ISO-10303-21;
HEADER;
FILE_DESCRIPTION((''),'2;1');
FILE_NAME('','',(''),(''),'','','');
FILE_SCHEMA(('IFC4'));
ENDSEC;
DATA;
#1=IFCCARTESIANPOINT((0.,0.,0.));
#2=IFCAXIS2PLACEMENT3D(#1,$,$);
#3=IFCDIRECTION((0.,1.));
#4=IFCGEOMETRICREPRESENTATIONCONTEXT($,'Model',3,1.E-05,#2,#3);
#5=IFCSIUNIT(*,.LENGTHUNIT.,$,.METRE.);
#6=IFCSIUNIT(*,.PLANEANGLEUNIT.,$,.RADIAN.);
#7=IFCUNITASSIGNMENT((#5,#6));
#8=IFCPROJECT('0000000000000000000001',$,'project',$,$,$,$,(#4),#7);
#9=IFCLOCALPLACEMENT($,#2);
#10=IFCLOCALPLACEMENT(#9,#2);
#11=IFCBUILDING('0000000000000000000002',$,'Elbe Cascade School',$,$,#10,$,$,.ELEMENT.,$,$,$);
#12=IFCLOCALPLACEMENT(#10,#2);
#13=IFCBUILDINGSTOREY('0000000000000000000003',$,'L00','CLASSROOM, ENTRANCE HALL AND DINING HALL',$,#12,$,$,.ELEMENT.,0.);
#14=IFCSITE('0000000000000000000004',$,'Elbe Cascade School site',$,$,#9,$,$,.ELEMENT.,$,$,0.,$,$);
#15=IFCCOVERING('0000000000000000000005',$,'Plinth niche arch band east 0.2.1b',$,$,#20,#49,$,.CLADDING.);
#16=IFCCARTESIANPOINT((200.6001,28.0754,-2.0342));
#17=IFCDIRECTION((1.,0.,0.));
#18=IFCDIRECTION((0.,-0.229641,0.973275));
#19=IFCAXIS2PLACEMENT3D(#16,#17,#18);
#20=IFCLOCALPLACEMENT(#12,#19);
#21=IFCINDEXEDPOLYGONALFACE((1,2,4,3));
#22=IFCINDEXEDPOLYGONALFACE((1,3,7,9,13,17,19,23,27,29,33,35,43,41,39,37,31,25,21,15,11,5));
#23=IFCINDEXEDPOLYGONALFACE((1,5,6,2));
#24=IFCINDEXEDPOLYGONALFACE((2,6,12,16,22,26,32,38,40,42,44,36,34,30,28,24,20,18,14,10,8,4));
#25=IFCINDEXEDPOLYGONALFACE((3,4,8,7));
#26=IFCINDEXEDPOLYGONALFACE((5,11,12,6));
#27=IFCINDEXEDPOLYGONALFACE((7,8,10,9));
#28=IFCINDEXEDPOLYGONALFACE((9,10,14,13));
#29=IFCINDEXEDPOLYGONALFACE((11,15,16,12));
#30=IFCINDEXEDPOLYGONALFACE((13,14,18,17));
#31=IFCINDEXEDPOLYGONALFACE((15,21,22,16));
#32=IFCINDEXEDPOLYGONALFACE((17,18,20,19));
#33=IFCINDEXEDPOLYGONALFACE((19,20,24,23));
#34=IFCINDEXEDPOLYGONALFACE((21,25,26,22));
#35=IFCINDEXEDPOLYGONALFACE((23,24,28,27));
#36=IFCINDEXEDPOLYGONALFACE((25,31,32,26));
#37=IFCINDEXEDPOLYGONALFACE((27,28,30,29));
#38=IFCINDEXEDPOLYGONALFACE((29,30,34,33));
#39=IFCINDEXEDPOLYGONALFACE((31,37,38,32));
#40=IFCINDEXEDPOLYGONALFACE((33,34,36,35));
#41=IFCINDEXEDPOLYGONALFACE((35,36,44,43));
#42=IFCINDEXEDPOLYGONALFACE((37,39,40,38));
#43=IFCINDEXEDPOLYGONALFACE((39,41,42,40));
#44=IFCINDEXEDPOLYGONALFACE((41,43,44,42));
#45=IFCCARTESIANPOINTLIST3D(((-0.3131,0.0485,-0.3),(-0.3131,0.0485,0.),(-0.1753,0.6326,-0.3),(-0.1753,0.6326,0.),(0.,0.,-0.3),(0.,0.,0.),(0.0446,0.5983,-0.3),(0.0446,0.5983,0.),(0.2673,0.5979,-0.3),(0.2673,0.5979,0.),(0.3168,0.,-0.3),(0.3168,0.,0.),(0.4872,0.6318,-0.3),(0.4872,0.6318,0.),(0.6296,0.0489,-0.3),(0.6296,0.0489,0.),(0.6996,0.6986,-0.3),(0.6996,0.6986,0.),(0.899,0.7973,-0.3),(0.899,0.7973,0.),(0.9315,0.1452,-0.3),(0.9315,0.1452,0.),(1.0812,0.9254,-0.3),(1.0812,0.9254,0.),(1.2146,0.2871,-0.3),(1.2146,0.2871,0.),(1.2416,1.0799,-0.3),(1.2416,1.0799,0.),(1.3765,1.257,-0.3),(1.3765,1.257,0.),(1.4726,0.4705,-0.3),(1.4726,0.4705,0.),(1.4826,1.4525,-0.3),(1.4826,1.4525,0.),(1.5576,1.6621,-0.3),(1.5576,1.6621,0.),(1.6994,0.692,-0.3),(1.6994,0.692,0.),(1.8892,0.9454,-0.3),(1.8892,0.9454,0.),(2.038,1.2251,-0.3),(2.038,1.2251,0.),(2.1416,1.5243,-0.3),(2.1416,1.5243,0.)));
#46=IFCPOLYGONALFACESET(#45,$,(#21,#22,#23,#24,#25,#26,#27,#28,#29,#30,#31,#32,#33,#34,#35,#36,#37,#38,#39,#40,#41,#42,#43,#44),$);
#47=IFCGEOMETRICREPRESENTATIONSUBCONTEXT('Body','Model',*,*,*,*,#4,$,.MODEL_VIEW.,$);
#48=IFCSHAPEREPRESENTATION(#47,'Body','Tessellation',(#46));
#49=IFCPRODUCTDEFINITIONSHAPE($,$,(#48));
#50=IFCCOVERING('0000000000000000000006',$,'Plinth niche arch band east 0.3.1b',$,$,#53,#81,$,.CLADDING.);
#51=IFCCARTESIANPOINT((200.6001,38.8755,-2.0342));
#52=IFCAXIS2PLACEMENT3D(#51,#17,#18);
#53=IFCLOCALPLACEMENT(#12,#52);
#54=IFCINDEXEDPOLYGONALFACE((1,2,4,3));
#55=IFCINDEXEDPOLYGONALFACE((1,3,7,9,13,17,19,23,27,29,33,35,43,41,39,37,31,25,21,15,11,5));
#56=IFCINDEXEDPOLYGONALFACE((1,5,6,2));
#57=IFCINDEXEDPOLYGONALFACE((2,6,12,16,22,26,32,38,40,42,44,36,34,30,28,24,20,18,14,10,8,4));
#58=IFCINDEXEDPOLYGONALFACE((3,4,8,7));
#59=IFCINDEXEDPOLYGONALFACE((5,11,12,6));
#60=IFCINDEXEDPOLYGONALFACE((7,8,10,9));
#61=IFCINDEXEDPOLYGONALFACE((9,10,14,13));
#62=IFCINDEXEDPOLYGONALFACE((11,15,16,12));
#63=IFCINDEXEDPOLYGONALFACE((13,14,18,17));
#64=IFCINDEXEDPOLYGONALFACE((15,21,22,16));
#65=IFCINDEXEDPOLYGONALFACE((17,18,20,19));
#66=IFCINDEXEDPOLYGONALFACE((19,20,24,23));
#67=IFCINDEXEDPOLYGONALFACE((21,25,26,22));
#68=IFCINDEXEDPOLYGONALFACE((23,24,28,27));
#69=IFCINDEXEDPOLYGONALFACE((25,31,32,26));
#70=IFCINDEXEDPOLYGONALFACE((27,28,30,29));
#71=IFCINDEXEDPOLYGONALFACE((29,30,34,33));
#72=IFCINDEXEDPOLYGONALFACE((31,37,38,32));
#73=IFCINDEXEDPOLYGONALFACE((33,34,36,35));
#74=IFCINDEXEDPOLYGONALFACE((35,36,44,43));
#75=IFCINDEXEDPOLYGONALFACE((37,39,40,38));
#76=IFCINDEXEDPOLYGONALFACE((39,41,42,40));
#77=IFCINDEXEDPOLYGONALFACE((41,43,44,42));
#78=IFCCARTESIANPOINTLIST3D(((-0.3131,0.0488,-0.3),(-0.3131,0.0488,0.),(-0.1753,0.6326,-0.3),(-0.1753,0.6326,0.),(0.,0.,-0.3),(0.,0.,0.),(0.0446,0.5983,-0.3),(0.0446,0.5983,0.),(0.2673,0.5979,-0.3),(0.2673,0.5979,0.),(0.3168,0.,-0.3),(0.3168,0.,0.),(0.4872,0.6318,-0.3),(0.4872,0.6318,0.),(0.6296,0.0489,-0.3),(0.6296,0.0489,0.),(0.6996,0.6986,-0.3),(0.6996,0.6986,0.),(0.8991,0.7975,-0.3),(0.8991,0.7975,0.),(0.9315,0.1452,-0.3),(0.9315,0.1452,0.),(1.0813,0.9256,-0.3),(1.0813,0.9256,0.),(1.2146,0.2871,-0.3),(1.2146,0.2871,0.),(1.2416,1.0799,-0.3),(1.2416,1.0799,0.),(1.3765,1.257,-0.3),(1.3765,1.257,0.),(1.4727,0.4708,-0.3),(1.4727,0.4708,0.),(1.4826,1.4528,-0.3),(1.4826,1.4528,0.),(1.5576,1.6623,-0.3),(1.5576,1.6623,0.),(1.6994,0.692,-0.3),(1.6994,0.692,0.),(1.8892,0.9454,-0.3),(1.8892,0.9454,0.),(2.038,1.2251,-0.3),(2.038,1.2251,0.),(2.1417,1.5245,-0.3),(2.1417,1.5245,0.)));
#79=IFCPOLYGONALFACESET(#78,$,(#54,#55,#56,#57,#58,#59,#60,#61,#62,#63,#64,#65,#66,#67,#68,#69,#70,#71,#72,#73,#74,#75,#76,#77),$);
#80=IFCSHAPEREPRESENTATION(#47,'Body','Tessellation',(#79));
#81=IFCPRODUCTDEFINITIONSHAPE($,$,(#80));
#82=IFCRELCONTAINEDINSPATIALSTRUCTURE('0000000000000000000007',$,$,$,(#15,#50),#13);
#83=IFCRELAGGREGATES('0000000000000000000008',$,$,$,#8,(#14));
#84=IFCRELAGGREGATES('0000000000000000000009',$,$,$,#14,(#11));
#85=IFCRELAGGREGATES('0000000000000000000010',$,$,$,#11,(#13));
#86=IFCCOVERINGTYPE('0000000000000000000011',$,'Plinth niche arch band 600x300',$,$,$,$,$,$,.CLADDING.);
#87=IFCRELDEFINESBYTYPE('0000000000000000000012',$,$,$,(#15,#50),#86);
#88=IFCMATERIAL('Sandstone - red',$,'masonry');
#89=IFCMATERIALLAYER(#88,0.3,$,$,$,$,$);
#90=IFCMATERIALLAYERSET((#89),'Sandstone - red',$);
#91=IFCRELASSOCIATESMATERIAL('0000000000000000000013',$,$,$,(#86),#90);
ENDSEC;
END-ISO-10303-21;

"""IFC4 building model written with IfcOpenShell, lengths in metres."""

from ifc_helpers import new_model, si_unit, direction, frame, origin, place, context, subcontext, project, spatial, polyline, outline, extrude, material, layer, layer_set, type_object, element, save


model = new_model("IFC4")

# Units and contexts
model_context = context("Model", 3, precision=1e-05, world=origin(), true_north=direction((0.0, 1.0)))
body_context = subcontext(model_context, "Body", "Model", "MODEL_VIEW")
ifc_project = project(units=[si_unit("LENGTHUNIT", "METRE"), si_unit("PLANEANGLEUNIT", "RADIAN")], contexts=[model_context])

# Site, building, storey
site_placement = place(None, origin())
site = spatial("IfcSite", under=ifc_project, at=site_placement, Name="Elbe Cascade School site", CompositionType="ELEMENT", RefElevation=0.0)
building_placement = place(site_placement, origin())
building = spatial("IfcBuilding", under=site, at=building_placement, Name="Elbe Cascade School", CompositionType="ELEMENT")
storey_placement = place(building_placement, origin())
storey = spatial("IfcBuildingStorey", under=building, at=storey_placement, Name="L00", Description="CLASSROOM, ENTRANCE HALL AND DINING HALL", CompositionType="ELEMENT", Elevation=0.0)

# Coverings
ifc_material_1 = material(Name="Sandstone - red", Category="masonry")
ifc_layer_1 = layer(ifc_material_1, 0.3)
ifc_layer_set_1 = layer_set([ifc_layer_1], Name="Sandstone - red")
covering_type_1 = type_object("IfcCoveringType", Name="Plinth niche arch band 600x300", PredefinedType="CLADDING", material=ifc_layer_set_1)
covering_1_placement = place(storey_placement, frame((200.6001, 28.0754, -2.0342), z_axis=(1.0, 0.0, 0.0), x_axis=(0.0, -0.229641, 0.973275)))
element("IfcCovering", 1, at=covering_1_placement, inside=storey, type_object=covering_type_1, Name="Plinth niche arch band east 0.2.1b", PredefinedType="CLADDING", context=body_context, shape_type="SweptSolid", body=[
    extrude(outline(polyline([(0.0, 0.0), (0.3168, 0.0), (0.6296, 0.0489), (0.9315, 0.1452), (1.2146, 0.2871), (1.4726, 0.4705), (1.6994, 0.692), (1.8892, 0.9454), (2.038, 1.2251), (2.1416, 1.5243), (1.5576, 1.6621), (1.4826, 1.4525), (1.3765, 1.257), (1.2416, 1.0799), (1.0812, 0.9254), (0.899, 0.7973), (0.6996, 0.6986), (0.4872, 0.6318), (0.2673, 0.5979), (0.0446, 0.5983), (-0.1753, 0.6326), (-0.3131, 0.0485), (0.0, 0.0)])), origin(), (0.0, 0.0, -1.0), 0.3),
])
covering_2_placement = place(storey_placement, frame((200.6001, 38.8755, -2.0342), z_axis=(1.0, 0.0, 0.0), x_axis=(0.0, -0.229641, 0.973275)))
element("IfcCovering", 2, at=covering_2_placement, inside=storey, type_object=covering_type_1, Name="Plinth niche arch band east 0.3.1b", PredefinedType="CLADDING", context=body_context, shape_type="SweptSolid", body=[
    extrude(outline(polyline([(0.0, 0.0), (0.3168, 0.0), (0.6296, 0.0489), (0.9315, 0.1452), (1.2146, 0.2871), (1.4727, 0.4708), (1.6994, 0.692), (1.8892, 0.9454), (2.038, 1.2251), (2.1417, 1.5245), (1.5576, 1.6623), (1.4826, 1.4528), (1.3765, 1.257), (1.2416, 1.0799), (1.0813, 0.9256), (0.8991, 0.7975), (0.6996, 0.6986), (0.4872, 0.6318), (0.2673, 0.5979), (0.0446, 0.5983), (-0.1753, 0.6326), (-0.3131, 0.0488), (0.0, 0.0)])), origin(), (0.0, 0.0, -1.0), 0.3),
])

save(model, "model.ifc")
